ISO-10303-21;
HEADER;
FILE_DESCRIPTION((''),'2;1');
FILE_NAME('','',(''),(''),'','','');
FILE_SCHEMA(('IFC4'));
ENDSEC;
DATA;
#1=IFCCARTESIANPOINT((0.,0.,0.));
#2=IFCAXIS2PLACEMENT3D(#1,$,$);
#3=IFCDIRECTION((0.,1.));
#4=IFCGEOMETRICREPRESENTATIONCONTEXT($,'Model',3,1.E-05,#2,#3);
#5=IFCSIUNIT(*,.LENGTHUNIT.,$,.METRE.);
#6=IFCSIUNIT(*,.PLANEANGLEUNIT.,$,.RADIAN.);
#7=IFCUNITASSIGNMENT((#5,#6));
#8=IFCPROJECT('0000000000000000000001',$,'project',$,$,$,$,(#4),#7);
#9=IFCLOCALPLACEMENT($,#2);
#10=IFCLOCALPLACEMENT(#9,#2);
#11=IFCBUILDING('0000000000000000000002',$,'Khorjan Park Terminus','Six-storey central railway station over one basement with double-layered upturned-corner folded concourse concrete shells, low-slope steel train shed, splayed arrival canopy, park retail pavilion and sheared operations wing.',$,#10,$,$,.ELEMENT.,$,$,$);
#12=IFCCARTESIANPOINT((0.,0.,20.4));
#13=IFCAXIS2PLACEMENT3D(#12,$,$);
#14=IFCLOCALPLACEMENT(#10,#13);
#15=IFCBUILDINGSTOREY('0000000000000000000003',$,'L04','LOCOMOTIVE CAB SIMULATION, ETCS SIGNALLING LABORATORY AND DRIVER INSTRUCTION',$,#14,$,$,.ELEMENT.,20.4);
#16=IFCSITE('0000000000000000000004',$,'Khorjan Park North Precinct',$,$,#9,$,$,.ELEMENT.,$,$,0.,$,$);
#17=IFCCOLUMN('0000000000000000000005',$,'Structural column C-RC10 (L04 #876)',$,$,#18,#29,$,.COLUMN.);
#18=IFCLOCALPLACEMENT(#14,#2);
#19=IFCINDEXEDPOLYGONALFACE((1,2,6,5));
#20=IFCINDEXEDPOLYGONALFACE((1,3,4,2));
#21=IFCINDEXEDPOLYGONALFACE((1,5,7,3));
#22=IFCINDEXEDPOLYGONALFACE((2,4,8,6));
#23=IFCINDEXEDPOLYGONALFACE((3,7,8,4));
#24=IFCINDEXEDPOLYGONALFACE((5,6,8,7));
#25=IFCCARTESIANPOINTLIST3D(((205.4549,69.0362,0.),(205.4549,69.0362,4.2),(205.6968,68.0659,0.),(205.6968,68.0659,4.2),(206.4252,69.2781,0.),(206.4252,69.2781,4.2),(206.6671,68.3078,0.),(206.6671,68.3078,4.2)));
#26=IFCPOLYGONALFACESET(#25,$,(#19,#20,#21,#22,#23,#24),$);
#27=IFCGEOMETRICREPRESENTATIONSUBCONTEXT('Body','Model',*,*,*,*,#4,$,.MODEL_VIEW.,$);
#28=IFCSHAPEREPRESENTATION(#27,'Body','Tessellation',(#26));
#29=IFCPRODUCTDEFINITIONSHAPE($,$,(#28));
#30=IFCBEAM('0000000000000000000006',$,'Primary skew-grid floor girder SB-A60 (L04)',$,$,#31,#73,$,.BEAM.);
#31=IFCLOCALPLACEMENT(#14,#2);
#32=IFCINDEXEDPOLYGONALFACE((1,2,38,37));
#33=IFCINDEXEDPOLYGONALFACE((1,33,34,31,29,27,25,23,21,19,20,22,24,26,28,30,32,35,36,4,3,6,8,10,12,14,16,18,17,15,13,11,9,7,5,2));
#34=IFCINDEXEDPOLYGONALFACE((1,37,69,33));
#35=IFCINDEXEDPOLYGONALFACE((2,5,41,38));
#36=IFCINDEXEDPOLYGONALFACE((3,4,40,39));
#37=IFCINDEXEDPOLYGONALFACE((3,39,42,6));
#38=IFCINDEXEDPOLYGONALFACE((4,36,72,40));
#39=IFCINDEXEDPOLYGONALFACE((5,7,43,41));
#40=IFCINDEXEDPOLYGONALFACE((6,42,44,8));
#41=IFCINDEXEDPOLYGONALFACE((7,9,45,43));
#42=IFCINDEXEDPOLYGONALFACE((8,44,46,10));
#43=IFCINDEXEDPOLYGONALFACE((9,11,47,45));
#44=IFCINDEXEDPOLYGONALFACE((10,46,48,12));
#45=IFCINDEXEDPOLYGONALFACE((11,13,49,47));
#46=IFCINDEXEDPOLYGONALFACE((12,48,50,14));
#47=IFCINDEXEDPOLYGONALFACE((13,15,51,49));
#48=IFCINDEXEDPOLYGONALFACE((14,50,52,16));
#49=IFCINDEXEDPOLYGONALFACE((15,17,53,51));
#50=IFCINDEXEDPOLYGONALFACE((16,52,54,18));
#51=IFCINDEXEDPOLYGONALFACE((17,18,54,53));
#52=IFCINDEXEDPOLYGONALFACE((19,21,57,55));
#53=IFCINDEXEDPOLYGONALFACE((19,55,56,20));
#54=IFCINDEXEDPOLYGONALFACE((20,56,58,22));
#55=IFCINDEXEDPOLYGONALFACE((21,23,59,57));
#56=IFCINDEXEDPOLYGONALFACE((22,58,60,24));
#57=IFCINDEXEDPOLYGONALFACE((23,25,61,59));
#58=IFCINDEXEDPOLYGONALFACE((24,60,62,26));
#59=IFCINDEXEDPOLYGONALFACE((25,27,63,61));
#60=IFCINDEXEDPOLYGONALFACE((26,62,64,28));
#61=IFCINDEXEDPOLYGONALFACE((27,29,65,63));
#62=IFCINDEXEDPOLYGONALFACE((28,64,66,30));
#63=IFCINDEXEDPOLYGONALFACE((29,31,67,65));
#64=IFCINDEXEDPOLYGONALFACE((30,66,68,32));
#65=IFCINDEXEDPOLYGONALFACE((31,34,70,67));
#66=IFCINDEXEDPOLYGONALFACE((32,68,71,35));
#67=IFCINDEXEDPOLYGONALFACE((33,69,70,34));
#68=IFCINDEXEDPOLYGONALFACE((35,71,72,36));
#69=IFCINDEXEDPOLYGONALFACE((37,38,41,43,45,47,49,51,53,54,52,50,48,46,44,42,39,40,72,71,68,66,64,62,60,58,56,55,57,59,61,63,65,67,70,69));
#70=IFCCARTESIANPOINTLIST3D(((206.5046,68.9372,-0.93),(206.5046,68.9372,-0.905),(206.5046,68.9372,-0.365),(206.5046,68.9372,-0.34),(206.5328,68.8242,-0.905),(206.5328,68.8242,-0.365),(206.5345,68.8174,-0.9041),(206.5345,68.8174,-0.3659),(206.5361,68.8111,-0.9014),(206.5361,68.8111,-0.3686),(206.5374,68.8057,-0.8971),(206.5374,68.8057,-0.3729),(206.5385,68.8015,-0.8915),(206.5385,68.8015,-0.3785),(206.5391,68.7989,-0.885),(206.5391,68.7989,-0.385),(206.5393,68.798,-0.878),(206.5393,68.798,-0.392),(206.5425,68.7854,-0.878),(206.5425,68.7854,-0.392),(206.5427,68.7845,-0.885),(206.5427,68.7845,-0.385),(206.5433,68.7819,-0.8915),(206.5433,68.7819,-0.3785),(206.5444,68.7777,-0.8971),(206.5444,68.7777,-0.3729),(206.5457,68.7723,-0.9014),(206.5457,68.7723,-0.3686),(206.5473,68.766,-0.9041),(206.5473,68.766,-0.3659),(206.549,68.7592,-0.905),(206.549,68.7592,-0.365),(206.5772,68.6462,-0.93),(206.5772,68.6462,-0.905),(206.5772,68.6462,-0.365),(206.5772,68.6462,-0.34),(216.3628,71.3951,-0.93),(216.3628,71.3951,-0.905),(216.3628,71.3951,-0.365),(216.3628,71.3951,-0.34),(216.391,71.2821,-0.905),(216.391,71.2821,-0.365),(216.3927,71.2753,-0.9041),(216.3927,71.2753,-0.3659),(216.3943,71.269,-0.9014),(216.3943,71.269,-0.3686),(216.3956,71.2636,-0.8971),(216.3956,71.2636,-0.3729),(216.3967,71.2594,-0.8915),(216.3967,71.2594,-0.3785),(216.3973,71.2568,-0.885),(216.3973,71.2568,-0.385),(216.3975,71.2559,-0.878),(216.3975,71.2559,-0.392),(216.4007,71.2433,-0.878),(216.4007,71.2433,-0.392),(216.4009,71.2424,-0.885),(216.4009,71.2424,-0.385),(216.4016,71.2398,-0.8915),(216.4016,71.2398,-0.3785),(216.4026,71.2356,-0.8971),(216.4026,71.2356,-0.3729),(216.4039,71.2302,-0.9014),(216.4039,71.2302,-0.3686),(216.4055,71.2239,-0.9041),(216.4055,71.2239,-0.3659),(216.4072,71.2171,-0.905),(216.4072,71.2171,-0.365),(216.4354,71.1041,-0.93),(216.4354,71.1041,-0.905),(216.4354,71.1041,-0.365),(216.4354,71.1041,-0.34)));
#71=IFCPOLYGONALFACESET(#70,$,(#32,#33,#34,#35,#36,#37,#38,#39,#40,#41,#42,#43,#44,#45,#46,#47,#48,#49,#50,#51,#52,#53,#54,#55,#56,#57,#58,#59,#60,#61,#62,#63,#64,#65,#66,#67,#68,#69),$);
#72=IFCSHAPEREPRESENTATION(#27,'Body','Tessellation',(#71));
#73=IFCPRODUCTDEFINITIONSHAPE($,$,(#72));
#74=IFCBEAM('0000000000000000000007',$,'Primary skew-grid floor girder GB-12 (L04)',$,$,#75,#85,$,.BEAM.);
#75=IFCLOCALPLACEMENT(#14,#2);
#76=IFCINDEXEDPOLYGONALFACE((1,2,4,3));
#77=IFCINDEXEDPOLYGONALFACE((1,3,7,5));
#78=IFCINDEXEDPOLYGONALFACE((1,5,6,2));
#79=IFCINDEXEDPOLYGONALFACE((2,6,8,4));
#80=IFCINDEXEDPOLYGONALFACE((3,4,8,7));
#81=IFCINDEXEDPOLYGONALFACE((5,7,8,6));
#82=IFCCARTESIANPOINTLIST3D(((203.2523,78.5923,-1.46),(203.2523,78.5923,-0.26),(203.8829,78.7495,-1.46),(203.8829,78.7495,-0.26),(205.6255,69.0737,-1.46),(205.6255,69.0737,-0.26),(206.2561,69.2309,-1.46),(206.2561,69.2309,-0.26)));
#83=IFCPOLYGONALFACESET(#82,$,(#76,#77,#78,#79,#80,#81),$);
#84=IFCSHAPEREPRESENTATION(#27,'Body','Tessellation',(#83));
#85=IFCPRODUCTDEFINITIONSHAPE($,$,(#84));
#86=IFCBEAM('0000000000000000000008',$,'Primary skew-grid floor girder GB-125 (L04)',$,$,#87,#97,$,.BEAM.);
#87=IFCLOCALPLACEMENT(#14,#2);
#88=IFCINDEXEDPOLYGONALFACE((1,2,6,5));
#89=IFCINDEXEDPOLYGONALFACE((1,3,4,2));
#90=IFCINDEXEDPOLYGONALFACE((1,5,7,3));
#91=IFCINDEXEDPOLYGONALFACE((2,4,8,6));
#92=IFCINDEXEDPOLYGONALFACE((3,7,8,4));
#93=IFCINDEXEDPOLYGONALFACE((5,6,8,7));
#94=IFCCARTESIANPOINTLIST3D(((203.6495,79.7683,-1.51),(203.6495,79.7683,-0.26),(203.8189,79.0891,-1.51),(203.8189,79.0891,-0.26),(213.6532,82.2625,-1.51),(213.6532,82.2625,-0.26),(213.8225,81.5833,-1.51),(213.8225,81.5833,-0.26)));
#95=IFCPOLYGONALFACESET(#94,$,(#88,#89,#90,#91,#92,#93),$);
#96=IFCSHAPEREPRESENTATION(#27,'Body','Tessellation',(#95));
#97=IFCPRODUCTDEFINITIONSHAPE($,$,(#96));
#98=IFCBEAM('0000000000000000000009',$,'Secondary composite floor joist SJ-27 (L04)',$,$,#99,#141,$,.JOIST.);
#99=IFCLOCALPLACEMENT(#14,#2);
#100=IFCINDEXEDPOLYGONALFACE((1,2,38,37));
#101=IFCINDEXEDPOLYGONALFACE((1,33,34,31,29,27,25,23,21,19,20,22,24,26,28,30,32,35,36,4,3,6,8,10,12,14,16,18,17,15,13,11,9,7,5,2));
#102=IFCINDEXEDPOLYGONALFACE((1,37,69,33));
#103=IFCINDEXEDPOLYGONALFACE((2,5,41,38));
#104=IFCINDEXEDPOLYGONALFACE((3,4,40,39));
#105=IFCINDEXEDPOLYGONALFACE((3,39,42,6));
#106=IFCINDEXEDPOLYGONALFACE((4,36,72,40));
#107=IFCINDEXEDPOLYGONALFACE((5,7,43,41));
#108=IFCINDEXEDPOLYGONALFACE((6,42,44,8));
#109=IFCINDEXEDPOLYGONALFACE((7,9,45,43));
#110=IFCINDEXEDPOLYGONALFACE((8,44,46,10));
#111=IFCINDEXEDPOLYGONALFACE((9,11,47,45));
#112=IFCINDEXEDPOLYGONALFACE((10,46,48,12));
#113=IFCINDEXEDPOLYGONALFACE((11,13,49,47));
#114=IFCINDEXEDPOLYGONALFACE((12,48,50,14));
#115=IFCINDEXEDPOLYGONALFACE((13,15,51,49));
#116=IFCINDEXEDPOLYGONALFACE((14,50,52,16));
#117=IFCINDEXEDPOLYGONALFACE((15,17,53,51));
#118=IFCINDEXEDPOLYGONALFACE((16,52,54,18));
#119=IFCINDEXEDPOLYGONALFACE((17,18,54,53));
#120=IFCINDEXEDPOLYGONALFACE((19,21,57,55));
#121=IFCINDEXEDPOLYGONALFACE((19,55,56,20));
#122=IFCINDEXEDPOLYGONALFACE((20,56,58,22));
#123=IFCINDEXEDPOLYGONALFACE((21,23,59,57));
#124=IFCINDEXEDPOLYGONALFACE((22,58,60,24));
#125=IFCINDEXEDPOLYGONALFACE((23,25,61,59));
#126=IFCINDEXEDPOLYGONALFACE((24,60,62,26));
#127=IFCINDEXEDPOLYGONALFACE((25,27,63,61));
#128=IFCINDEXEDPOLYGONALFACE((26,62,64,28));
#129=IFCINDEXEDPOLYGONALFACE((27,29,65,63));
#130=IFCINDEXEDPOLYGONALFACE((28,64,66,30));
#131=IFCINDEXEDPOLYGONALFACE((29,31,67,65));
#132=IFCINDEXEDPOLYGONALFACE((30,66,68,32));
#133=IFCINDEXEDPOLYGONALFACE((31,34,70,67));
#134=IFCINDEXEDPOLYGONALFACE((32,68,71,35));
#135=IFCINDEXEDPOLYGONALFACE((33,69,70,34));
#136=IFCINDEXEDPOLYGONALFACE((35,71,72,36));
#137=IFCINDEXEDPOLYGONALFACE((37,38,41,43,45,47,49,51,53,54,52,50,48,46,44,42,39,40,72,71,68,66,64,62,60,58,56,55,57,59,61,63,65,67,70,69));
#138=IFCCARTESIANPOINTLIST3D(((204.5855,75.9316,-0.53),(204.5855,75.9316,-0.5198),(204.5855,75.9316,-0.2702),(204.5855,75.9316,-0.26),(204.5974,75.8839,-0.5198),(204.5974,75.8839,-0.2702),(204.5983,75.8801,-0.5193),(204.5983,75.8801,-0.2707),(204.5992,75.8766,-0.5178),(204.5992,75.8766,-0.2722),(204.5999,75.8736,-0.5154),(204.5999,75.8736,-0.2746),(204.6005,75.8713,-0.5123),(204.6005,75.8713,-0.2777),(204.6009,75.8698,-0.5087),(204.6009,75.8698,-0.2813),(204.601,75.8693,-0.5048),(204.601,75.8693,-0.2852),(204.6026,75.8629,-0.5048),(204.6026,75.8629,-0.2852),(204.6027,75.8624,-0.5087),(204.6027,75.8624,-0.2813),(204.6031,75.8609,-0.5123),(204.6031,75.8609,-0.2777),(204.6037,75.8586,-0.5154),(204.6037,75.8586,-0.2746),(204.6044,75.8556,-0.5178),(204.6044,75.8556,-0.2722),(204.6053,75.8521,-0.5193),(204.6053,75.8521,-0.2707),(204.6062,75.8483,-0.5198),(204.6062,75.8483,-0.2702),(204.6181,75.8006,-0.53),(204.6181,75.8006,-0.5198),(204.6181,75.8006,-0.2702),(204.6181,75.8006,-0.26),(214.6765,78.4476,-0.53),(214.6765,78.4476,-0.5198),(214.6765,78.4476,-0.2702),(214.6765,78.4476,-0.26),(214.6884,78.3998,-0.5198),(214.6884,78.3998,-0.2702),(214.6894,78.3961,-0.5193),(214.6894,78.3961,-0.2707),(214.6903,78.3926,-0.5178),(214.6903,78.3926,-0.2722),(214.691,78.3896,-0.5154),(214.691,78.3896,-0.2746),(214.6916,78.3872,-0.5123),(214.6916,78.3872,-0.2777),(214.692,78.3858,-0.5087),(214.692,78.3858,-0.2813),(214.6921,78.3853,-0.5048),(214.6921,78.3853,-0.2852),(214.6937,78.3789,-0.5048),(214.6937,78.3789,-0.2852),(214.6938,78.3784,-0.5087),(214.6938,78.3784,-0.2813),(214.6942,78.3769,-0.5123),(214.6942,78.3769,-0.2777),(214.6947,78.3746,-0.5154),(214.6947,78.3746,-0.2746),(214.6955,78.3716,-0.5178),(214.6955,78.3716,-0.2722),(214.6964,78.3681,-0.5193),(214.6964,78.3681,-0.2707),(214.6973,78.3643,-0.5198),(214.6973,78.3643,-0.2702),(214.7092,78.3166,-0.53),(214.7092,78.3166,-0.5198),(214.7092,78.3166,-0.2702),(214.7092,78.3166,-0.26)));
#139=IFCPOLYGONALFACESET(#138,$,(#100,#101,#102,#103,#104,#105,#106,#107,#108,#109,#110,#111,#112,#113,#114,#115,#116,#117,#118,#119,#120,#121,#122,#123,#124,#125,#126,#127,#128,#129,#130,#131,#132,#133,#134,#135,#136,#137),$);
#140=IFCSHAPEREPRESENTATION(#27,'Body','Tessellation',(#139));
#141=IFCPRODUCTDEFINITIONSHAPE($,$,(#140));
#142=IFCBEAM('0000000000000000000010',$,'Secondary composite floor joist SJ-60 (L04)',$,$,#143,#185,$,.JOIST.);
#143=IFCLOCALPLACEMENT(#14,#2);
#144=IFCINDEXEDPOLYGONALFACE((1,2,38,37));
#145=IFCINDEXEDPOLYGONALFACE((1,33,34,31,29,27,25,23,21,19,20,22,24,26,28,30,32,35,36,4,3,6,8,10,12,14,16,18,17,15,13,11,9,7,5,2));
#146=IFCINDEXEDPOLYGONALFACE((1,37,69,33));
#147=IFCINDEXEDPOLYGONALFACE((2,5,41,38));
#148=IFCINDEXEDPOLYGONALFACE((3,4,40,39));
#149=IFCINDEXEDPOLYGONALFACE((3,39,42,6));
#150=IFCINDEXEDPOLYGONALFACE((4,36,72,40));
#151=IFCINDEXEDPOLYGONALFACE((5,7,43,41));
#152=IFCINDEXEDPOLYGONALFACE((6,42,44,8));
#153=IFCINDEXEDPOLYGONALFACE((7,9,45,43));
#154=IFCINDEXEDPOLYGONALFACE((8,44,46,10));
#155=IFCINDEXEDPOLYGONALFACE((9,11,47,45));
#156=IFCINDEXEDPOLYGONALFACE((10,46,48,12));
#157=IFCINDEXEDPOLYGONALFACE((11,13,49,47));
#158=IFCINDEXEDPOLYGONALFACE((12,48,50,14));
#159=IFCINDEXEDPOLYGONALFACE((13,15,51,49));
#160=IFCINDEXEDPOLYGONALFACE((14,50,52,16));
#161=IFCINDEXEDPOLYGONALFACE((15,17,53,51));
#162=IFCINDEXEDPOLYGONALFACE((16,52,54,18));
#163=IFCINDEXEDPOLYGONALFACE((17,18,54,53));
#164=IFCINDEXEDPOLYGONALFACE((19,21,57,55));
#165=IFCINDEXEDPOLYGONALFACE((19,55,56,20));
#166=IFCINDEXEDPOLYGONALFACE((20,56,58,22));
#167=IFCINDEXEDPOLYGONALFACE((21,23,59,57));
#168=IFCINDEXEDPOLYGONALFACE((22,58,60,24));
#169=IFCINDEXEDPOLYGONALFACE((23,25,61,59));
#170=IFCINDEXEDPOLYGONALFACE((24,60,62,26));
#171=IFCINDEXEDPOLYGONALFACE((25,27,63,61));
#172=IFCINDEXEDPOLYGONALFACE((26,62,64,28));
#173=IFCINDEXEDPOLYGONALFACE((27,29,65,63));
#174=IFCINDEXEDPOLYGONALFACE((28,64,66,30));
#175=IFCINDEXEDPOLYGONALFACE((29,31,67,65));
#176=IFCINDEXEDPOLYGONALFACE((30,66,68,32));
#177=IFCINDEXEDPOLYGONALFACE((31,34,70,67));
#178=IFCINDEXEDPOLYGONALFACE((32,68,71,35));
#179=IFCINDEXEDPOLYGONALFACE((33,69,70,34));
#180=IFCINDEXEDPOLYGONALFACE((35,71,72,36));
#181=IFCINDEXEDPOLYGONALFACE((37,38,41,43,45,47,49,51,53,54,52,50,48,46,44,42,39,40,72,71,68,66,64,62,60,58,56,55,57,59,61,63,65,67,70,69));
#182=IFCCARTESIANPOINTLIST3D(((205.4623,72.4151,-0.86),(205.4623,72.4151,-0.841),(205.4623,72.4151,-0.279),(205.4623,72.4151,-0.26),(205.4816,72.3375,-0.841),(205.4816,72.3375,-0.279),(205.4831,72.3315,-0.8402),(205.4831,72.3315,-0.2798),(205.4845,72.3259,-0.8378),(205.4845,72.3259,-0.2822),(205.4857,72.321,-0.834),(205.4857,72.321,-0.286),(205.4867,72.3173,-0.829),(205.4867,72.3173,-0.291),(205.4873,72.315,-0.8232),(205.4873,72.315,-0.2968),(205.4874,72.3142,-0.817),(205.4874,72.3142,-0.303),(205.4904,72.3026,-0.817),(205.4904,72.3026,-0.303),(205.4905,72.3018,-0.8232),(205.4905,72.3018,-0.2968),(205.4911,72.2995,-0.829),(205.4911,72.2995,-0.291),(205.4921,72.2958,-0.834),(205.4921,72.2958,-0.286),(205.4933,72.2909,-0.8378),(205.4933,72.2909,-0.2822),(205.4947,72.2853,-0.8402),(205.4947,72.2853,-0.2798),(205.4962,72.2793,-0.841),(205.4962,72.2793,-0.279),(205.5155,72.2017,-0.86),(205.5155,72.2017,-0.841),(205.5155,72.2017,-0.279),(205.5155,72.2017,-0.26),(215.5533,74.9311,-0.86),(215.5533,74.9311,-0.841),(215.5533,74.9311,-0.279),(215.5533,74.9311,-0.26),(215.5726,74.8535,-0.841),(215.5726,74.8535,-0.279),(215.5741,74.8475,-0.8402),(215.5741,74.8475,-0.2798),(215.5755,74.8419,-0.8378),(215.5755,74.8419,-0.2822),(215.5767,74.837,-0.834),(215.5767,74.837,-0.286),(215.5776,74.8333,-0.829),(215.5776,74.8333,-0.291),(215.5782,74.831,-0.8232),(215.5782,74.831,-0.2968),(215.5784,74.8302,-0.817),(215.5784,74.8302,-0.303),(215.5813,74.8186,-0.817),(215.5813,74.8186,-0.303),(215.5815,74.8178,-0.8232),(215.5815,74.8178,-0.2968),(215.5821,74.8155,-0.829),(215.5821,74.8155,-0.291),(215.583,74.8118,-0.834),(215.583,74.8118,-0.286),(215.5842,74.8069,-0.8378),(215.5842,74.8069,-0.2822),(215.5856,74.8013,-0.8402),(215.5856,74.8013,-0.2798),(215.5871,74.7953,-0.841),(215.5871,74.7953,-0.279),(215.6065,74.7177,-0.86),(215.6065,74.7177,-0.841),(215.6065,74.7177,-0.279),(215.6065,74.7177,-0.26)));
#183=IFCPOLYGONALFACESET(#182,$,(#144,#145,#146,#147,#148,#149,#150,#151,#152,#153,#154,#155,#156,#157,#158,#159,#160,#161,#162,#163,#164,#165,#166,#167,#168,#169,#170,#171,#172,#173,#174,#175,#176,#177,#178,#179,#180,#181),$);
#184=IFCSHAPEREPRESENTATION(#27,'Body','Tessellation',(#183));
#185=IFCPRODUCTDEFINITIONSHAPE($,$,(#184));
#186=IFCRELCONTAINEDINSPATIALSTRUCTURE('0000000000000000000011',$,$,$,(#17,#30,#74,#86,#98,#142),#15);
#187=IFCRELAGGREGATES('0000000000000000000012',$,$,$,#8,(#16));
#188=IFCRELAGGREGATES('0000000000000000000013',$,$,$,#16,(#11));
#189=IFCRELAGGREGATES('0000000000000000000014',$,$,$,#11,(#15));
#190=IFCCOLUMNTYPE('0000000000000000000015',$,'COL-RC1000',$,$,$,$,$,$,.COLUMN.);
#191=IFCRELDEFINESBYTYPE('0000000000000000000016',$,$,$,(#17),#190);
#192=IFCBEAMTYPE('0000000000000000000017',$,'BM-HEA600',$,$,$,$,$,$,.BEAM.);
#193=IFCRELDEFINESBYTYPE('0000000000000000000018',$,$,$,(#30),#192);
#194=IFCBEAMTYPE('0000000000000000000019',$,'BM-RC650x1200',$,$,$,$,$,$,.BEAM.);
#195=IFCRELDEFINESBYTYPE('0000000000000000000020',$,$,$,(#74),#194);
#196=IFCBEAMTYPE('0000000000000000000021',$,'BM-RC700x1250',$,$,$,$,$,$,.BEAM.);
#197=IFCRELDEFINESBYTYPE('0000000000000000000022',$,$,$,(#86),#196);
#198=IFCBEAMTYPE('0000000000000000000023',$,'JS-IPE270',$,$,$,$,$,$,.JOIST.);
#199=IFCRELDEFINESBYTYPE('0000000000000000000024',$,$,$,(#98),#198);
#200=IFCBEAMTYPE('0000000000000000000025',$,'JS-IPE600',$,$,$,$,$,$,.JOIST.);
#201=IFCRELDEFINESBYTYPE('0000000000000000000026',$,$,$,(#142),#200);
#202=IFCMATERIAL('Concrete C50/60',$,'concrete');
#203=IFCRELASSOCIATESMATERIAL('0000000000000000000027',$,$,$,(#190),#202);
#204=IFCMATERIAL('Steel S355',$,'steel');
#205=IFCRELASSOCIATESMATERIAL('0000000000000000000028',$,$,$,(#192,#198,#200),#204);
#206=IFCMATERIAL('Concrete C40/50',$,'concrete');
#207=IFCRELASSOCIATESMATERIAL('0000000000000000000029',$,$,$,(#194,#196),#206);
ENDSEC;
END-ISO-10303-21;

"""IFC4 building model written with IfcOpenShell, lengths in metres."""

from ifc_helpers import new_model, si_unit, direction, frame, origin, origin_2d, place, context, subcontext, project, spatial, rectangle, i_section, extrude, material, material_profile, profile_set, type_object, element, save


model = new_model("IFC4")

# Units and contexts
model_context = context("Model", 3, precision=1e-05, world=origin(), true_north=direction((0.0, 1.0)))
body_context = subcontext(model_context, "Body", "Model", "MODEL_VIEW")
ifc_project = project(units=[si_unit("LENGTHUNIT", "METRE"), si_unit("PLANEANGLEUNIT", "RADIAN")], contexts=[model_context])

# Site, building, storey
site_placement = place(None, origin())
site = spatial("IfcSite", under=ifc_project, at=site_placement, Name="Khorjan Park North Precinct", CompositionType="ELEMENT", RefElevation=0.0)
building_placement = place(site_placement, origin())
building = spatial("IfcBuilding", under=site, at=building_placement, Name="Khorjan Park Terminus", Description="Six-storey central railway station over one basement with double-layered upturned-corner folded concourse concrete shells, low-slope steel train shed, splayed arrival canopy, park retail pavilion and sheared operations wing.", CompositionType="ELEMENT")
storey_placement = place(building_placement, frame((0.0, 0.0, 20.4)))
storey = spatial("IfcBuildingStorey", under=building, at=storey_placement, Name="L04", Description="LOCOMOTIVE CAB SIMULATION, ETCS SIGNALLING LABORATORY AND DRIVER INSTRUCTION", CompositionType="ELEMENT", Elevation=20.4)

# Column
ifc_material_1 = material(Name="Concrete C50/60", Category="concrete")
ifc_material_profile_1 = material_profile(ifc_material_1, rectangle(XDim=1.0, YDim=1.0, at=origin_2d()), Name="RC 1000x1000")
ifc_profile_set_1 = profile_set([ifc_material_profile_1], Name="Concrete C50/60")
column_type = type_object("IfcColumnType", Name="COL-RC1000", PredefinedType="COLUMN", material=ifc_profile_set_1)
column_placement = place(storey_placement, frame((206.061, 68.672, 0.0), z_axis=(0.0, 0.0, 1.0), x_axis=(0.970296, 0.241922, 0.0)))
element("IfcColumn", 1, at=column_placement, inside=storey, type_object=column_type, Name="Structural column C-RC10 (L04 #876)", PredefinedType="COLUMN", context=body_context, shape_type="SweptSolid", body=[
    extrude(rectangle(XDim=1.0, YDim=1.0, at=origin_2d()), origin(), (0.0, 0.0, 1.0), 4.2),
])

# Beams
ifc_material_2 = material(Name="Steel S355", Category="steel")
ifc_material_profile_2 = material_profile(ifc_material_2, i_section(OverallWidth=0.3, OverallDepth=0.59, WebThickness=0.013, FlangeThickness=0.025, FilletRadius=0.027, at=origin_2d()), Name="HEA 600")
ifc_profile_set_2 = profile_set([ifc_material_profile_2], Name="Steel S355")
beam_type_1 = type_object("IfcBeamType", Name="BM-HEA600", PredefinedType="BEAM", material=ifc_profile_set_2)
beam_1_placement = place(storey_placement, frame((206.5409, 68.7917, -0.635), z_axis=(0.970296, 0.24192, 0.0), x_axis=(-0.24192, 0.970296, 0.0)))
element("IfcBeam", 2, at=beam_1_placement, inside=storey, type_object=beam_type_1, Name="Primary skew-grid floor girder SB-A60 (L04)", PredefinedType="BEAM", context=body_context, shape_type="SweptSolid", body=[
    extrude(i_section(OverallWidth=0.3, OverallDepth=0.59, WebThickness=0.013, FlangeThickness=0.025, FilletRadius=0.027, at=origin_2d()), origin(), (0.0, 0.0, 1.0), 10.16),
])
ifc_material_3 = material(Name="Concrete C40/50", Category="concrete")
ifc_material_profile_3 = material_profile(ifc_material_3, rectangle(XDim=0.65, YDim=1.2, at=origin_2d()), Name="RC 650x1200")
ifc_profile_set_3 = profile_set([ifc_material_profile_3], Name="Concrete C40/50")
beam_type_2 = type_object("IfcBeamType", Name="BM-RC650x1200", PredefinedType="BEAM", material=ifc_profile_set_3)
beam_2_placement = place(storey_placement, frame((205.9408, 69.1523, -0.86), z_axis=(-0.241917, 0.970297, 0.0), x_axis=(-0.970297, -0.241917, 0.0)))
element("IfcBeam", 3, at=beam_2_placement, inside=storey, type_object=beam_type_2, Name="Primary skew-grid floor girder GB-12 (L04)", PredefinedType="BEAM", context=body_context, shape_type="SweptSolid", body=[
    extrude(rectangle(XDim=0.65, YDim=1.2, at=origin_2d()), origin(), (0.0, 0.0, 1.0), 9.81),
])
ifc_material_profile_4 = material_profile(ifc_material_3, rectangle(XDim=0.7, YDim=1.25, at=origin_2d()), Name="RC 700x1250")
ifc_profile_set_4 = profile_set([ifc_material_profile_4], Name="Concrete C40/50")
beam_type_3 = type_object("IfcBeamType", Name="BM-RC700x1250", PredefinedType="BEAM", material=ifc_profile_set_4)
beam_3_placement = place(storey_placement, frame((203.7342, 79.4287, -0.885), z_axis=(0.970296, 0.241922, 0.0), x_axis=(-0.241922, 0.970296, 0.0)))
element("IfcBeam", 4, at=beam_3_placement, inside=storey, type_object=beam_type_3, Name="Primary skew-grid floor girder GB-125 (L04)", PredefinedType="BEAM", context=body_context, shape_type="SweptSolid", body=[
    extrude(rectangle(XDim=0.7, YDim=1.25, at=origin_2d()), origin(), (0.0, 0.0, 1.0), 10.3099),
])
ifc_material_profile_5 = material_profile(ifc_material_2, i_section(OverallWidth=0.135, OverallDepth=0.27, WebThickness=0.0066, FlangeThickness=0.0102, FilletRadius=0.015, at=origin_2d()), Name="IPE 270")
ifc_profile_set_5 = profile_set([ifc_material_profile_5], Name="Steel S355")
beam_type_4 = type_object("IfcBeamType", Name="JS-IPE270", PredefinedType="JOIST", material=ifc_profile_set_5)
beam_4_placement = place(storey_placement, frame((204.6018, 75.8661, -0.395), z_axis=(0.970296, 0.241922, 0.0), x_axis=(-0.241922, 0.970296, 0.0)))
element("IfcBeam", 5, at=beam_4_placement, inside=storey, type_object=beam_type_4, Name="Secondary composite floor joist SJ-27 (L04)", PredefinedType="JOIST", context=body_context, shape_type="SweptSolid", body=[
    extrude(i_section(OverallWidth=0.135, OverallDepth=0.27, WebThickness=0.0066, FlangeThickness=0.0102, FilletRadius=0.015, at=origin_2d()), origin(), (0.0, 0.0, 1.0), 10.4),
])
ifc_material_profile_6 = material_profile(ifc_material_2, i_section(OverallWidth=0.22, OverallDepth=0.6, WebThickness=0.012, FlangeThickness=0.019, FilletRadius=0.024, at=origin_2d()), Name="IPE 600")
ifc_profile_set_6 = profile_set([ifc_material_profile_6], Name="Steel S355")
beam_type_5 = type_object("IfcBeamType", Name="JS-IPE600", PredefinedType="JOIST", material=ifc_profile_set_6)
beam_5_placement = place(storey_placement, frame((205.4889, 72.3084, -0.56), z_axis=(0.970295, 0.241925, 0.0), x_axis=(-0.241925, 0.970295, 0.0)))
element("IfcBeam", 6, at=beam_5_placement, inside=storey, type_object=beam_type_5, Name="Secondary composite floor joist SJ-60 (L04)", PredefinedType="JOIST", context=body_context, shape_type="SweptSolid", body=[
    extrude(i_section(OverallWidth=0.22, OverallDepth=0.6, WebThickness=0.012, FlangeThickness=0.019, FilletRadius=0.024, at=origin_2d()), origin(), (0.0, 0.0, 1.0), 10.3999),
])

save(model, "model.ifc")
